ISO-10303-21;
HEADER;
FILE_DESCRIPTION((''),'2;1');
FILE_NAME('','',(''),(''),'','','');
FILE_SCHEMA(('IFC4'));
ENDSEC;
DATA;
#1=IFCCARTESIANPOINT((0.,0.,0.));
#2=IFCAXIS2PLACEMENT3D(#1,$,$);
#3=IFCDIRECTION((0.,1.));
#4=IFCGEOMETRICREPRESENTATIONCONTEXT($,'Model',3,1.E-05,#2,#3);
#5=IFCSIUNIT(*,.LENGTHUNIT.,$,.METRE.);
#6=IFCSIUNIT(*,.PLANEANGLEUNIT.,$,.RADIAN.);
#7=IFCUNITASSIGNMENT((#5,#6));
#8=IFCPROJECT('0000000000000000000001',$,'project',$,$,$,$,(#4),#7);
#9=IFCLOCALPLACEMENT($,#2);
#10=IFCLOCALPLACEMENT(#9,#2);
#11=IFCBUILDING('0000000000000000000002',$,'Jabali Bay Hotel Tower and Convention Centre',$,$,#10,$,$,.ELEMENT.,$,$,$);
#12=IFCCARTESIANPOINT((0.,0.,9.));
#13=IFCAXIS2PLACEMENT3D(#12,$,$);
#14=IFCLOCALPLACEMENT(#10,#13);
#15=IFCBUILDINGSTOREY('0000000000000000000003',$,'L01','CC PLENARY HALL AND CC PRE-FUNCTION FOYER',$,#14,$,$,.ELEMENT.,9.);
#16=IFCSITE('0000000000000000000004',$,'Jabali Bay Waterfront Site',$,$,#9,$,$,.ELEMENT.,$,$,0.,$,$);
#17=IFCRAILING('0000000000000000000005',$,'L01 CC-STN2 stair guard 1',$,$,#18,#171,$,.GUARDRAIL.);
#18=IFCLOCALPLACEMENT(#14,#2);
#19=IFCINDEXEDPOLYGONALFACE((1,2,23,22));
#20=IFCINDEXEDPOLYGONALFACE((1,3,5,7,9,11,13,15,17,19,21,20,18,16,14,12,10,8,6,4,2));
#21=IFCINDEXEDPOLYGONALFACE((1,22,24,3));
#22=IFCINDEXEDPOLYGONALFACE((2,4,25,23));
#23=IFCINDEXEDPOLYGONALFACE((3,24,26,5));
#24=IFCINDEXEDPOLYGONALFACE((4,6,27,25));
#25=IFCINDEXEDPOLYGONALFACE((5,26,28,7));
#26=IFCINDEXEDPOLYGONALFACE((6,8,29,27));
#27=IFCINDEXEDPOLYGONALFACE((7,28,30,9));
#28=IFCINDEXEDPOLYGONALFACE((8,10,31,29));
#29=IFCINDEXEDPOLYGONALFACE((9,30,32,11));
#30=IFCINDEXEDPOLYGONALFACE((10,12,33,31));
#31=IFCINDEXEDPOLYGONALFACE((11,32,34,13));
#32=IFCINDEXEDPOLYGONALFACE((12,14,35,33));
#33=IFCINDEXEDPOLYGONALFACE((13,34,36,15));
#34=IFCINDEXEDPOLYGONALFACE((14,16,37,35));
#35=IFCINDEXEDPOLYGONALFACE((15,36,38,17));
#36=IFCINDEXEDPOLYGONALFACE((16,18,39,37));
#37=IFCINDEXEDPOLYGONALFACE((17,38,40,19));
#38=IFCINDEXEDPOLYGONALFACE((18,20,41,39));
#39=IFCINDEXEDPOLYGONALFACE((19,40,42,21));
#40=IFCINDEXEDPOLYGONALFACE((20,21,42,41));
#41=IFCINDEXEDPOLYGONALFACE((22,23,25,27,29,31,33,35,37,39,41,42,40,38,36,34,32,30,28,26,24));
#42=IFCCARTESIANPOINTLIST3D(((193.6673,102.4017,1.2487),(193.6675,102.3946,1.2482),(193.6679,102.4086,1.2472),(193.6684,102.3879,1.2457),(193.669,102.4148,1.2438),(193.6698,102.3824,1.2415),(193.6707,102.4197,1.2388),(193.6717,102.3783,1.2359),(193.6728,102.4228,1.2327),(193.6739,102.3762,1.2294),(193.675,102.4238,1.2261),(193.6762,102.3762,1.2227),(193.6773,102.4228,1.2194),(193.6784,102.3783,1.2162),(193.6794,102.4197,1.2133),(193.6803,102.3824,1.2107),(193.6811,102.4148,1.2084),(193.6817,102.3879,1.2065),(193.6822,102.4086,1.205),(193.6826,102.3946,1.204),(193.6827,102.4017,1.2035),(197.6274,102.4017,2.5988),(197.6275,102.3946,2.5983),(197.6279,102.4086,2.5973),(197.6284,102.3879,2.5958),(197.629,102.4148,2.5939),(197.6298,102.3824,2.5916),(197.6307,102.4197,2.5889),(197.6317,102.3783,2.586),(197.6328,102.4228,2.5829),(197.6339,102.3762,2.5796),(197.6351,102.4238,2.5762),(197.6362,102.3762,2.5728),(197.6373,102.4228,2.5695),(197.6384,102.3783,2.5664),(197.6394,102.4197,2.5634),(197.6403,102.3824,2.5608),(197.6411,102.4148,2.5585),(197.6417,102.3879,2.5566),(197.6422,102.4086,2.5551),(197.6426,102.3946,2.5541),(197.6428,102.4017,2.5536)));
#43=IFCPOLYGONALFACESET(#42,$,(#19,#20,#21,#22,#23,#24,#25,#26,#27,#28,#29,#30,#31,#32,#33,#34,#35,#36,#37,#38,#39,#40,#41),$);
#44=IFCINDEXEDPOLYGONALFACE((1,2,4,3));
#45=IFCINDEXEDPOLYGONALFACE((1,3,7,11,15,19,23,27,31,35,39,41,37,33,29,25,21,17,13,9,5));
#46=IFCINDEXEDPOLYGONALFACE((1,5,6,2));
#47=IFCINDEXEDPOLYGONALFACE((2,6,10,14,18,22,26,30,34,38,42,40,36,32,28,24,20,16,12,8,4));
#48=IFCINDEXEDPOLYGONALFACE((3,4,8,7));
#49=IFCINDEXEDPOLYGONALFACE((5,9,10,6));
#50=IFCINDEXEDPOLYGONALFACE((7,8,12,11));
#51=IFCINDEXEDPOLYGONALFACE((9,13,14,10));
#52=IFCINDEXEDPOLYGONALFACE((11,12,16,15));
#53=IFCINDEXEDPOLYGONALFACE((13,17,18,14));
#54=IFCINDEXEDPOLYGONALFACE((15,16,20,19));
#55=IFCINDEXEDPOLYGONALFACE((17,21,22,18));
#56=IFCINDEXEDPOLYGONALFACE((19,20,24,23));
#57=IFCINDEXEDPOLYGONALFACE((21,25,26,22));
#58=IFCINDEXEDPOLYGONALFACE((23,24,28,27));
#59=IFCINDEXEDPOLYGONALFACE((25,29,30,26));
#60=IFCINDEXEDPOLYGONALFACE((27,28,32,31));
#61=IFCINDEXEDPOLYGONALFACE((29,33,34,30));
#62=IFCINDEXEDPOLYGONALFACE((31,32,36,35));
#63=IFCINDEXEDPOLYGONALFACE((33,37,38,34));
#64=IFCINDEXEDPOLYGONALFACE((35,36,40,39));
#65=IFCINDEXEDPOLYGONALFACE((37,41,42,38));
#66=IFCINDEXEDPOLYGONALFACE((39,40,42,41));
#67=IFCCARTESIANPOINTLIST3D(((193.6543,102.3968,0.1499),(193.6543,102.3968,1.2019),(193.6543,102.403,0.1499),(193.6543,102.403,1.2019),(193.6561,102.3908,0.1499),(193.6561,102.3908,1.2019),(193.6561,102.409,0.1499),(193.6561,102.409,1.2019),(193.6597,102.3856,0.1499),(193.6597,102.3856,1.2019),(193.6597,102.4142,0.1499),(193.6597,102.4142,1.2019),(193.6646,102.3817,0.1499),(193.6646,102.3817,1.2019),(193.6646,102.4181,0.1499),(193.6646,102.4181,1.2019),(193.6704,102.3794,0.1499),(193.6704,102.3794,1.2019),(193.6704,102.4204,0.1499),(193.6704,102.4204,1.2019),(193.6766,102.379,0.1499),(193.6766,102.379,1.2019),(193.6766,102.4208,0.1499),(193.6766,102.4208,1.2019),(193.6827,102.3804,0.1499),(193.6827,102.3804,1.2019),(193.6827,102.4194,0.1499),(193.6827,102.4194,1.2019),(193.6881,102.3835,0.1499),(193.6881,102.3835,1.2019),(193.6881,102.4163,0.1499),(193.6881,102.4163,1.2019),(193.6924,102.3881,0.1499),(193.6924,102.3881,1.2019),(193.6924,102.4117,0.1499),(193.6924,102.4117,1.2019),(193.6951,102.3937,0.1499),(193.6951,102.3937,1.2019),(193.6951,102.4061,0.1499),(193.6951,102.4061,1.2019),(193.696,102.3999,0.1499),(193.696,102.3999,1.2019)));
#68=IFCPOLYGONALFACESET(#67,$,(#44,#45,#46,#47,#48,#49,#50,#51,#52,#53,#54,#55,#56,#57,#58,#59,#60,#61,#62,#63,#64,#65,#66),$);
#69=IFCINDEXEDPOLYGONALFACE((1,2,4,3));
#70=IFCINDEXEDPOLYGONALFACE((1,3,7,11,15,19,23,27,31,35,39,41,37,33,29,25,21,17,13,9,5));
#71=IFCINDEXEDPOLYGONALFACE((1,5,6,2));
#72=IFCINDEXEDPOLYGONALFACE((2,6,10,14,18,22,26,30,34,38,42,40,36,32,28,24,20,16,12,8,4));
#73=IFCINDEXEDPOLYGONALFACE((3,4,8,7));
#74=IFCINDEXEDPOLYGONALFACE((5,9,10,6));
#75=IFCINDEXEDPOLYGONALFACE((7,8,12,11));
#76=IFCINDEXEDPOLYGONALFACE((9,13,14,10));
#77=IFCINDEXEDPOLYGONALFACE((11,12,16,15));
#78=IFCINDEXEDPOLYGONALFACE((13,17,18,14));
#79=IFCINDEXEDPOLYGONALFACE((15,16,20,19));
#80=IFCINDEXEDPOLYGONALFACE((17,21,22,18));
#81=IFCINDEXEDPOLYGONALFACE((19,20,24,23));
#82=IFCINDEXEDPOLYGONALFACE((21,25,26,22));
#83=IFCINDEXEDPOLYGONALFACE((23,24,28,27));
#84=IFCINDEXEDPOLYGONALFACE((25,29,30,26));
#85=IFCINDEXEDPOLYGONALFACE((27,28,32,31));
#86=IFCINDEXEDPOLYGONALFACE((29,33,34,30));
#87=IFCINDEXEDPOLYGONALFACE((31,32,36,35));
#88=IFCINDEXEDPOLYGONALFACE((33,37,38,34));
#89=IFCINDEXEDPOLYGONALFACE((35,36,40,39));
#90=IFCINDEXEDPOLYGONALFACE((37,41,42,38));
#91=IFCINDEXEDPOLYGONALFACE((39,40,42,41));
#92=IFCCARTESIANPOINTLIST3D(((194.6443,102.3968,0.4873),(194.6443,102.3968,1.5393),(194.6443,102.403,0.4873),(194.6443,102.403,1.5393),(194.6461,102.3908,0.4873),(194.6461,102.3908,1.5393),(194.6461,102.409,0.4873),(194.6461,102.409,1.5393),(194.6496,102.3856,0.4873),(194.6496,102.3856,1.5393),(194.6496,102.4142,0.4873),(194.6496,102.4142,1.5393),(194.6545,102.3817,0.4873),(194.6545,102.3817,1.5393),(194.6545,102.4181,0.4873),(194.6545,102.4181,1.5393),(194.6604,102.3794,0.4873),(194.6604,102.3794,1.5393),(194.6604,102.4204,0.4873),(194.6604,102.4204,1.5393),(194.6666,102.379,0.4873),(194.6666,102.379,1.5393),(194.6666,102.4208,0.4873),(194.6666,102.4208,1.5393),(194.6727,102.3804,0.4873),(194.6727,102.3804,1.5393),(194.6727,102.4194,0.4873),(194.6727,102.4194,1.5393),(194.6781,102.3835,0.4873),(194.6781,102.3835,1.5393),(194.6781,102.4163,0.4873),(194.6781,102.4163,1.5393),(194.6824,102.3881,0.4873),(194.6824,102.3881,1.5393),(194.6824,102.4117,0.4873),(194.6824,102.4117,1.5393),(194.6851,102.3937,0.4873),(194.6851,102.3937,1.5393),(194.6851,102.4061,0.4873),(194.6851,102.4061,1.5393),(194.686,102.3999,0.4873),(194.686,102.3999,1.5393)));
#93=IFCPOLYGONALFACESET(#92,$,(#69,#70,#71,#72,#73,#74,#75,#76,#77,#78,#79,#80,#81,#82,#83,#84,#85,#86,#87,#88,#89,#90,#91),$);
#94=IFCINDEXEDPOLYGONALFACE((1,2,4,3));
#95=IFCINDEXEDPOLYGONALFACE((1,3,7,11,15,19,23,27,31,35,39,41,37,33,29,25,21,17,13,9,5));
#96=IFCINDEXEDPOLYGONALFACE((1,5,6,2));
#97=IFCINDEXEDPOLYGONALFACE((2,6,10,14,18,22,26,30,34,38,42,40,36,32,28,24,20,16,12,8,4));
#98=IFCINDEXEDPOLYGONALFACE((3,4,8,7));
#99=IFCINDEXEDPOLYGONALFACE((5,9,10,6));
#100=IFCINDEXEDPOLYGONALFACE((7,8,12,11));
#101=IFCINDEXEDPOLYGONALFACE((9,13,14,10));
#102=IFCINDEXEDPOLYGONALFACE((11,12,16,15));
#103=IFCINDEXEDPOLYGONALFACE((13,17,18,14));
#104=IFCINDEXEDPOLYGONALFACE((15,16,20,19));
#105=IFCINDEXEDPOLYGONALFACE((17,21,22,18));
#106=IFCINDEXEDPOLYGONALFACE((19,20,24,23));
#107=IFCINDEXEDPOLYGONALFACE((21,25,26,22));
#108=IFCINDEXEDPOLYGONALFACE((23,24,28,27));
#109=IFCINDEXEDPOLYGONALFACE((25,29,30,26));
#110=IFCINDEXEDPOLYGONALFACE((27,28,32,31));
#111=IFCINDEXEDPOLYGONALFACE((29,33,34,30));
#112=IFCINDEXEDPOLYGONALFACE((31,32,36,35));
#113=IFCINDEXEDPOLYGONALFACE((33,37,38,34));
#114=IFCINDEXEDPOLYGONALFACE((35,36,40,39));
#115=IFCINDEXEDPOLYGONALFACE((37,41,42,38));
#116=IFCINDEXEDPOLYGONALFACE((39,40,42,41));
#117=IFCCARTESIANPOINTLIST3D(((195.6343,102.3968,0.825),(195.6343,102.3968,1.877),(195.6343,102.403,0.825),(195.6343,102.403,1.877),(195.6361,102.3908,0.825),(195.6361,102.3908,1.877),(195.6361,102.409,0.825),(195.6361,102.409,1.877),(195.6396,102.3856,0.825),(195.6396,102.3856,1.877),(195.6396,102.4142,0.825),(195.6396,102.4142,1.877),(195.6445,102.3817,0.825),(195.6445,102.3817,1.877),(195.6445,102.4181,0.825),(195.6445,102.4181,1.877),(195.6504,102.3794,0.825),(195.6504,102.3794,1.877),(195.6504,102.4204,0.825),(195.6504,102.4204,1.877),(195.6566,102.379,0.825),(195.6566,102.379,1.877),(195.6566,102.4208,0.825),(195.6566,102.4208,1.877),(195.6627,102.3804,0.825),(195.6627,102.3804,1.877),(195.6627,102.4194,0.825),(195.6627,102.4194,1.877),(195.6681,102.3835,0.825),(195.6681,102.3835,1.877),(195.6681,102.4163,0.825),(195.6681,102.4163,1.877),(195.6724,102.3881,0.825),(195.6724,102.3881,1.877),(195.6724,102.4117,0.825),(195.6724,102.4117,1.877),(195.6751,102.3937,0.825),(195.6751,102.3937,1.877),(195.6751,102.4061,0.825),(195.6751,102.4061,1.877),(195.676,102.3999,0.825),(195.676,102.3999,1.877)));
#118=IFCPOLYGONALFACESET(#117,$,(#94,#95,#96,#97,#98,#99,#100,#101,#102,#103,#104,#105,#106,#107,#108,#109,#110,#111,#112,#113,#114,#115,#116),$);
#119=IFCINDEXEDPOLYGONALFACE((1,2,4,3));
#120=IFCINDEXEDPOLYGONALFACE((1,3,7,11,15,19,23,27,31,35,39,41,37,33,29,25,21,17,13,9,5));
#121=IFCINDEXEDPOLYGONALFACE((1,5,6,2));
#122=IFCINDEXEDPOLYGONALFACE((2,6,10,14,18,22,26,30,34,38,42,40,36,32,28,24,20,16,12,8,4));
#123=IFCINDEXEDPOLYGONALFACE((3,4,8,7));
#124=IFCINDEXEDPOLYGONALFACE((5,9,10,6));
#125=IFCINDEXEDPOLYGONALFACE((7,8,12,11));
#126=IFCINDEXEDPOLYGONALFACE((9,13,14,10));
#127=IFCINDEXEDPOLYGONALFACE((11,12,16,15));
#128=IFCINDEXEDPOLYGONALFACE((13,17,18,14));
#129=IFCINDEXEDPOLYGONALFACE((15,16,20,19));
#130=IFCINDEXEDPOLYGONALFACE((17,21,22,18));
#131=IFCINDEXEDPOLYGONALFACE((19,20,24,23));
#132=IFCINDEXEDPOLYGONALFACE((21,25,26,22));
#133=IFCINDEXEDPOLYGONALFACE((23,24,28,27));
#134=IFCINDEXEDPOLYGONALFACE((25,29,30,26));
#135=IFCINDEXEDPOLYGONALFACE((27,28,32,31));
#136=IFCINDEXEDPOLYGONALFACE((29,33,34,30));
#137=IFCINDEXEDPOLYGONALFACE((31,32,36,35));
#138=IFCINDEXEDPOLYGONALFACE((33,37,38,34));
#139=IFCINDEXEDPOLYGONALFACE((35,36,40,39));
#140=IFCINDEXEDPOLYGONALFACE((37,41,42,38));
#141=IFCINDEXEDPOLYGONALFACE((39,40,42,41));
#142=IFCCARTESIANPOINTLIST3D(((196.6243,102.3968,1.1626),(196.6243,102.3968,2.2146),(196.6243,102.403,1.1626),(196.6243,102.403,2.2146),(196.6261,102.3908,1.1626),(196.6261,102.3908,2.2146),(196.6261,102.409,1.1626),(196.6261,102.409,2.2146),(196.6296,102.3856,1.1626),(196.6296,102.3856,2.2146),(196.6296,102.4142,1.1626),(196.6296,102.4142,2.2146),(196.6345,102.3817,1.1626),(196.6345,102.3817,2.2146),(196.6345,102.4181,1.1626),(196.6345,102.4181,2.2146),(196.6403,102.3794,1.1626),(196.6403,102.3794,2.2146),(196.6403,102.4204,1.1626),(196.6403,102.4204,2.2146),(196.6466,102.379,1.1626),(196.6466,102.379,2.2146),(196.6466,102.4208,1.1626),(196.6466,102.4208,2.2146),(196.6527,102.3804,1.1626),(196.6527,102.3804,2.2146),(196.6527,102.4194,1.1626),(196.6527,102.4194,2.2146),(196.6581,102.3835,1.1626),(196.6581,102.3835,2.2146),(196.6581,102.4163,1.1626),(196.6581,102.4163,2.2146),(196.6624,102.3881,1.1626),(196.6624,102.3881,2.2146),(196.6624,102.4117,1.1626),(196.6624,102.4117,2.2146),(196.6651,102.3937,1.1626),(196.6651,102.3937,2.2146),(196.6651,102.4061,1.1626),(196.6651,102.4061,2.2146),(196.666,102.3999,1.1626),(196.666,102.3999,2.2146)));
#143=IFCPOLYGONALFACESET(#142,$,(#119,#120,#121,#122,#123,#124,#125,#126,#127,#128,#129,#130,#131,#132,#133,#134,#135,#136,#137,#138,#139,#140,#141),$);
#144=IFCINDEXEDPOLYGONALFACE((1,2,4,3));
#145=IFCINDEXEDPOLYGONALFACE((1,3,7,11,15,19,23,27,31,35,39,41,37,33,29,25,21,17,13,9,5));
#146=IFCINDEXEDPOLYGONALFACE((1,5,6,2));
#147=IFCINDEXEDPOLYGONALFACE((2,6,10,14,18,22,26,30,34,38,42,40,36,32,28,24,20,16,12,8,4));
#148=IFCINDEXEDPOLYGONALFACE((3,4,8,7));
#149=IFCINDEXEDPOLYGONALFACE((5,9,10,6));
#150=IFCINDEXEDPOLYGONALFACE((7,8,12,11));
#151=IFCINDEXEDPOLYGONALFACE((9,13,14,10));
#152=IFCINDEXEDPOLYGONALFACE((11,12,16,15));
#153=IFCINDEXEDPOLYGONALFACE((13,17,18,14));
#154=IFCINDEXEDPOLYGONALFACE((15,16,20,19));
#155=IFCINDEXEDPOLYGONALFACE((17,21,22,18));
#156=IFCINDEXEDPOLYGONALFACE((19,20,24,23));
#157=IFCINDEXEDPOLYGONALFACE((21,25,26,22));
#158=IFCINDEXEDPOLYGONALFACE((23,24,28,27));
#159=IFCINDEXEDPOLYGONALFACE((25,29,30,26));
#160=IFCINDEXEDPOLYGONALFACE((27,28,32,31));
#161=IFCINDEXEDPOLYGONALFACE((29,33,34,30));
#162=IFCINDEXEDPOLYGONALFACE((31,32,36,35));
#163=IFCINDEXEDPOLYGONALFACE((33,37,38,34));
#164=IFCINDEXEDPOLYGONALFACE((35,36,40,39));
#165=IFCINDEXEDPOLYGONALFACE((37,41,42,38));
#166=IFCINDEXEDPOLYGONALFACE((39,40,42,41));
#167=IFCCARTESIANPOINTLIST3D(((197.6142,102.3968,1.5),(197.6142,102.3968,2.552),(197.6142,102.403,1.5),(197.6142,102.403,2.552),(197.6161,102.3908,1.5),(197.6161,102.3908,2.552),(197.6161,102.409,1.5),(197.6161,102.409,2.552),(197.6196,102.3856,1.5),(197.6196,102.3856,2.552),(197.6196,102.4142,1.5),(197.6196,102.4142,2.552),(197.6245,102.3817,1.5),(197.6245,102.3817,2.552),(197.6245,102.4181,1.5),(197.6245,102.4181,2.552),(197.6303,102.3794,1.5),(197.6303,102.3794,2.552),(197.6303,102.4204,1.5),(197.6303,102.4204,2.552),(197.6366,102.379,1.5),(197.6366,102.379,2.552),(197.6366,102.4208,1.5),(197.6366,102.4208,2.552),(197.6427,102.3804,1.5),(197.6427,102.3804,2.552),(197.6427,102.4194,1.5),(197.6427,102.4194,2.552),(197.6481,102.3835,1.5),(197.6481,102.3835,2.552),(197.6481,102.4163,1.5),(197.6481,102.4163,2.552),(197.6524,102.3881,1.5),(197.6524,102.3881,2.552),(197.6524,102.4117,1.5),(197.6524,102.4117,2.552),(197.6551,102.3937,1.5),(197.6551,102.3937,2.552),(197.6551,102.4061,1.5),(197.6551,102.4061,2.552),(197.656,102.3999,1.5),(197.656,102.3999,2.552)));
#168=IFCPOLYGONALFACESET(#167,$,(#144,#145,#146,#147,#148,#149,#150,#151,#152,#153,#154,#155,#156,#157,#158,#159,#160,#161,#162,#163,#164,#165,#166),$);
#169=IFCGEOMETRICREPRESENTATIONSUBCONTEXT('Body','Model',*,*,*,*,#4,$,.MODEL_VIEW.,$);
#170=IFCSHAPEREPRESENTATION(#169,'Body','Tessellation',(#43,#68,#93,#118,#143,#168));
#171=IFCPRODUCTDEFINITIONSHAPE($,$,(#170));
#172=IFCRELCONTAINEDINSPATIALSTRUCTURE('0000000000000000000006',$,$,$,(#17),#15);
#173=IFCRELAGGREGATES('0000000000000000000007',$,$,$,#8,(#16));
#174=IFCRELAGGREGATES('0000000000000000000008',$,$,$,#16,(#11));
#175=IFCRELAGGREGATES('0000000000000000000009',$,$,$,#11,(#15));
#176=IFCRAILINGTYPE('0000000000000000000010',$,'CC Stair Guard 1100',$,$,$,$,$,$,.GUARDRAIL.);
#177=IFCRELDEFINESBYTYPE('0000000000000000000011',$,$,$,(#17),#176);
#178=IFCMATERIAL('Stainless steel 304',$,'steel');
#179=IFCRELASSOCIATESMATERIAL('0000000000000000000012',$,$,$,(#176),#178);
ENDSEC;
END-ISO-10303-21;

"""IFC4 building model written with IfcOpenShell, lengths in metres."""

from ifc_helpers import new_model, si_unit, direction, frame, origin, origin_2d, place, context, subcontext, project, spatial, circle, extrude, material, type_object, element, save


model = new_model("IFC4")

# Units and contexts
model_context = context("Model", 3, precision=1e-05, world=origin(), true_north=direction((0.0, 1.0)))
body_context = subcontext(model_context, "Body", "Model", "MODEL_VIEW")
ifc_project = project(units=[si_unit("LENGTHUNIT", "METRE"), si_unit("PLANEANGLEUNIT", "RADIAN")], contexts=[model_context])

# Site, building, storey
site_placement = place(None, origin())
site = spatial("IfcSite", under=ifc_project, at=site_placement, Name="Jabali Bay Waterfront Site", CompositionType="ELEMENT", RefElevation=0.0)
building_placement = place(site_placement, origin())
building = spatial("IfcBuilding", under=site, at=building_placement, Name="Jabali Bay Hotel Tower and Convention Centre", CompositionType="ELEMENT")
storey_placement = place(building_placement, frame((0.0, 0.0, 9.0)))
storey = spatial("IfcBuildingStorey", under=building, at=storey_placement, Name="L01", Description="CC PLENARY HALL AND CC PRE-FUNCTION FOYER", CompositionType="ELEMENT", Elevation=9.0)

# Railing
ifc_material_1 = material(Name="Stainless steel 304", Category="steel")
railing_type_1 = type_object("IfcRailingType", Name="CC Stair Guard 1100", PredefinedType="GUARDRAIL", material=ifc_material_1)
railing_1_placement = place(storey_placement, frame((193.675, 102.3999, 0.1499)))
element("IfcRailing", 1, at=railing_1_placement, inside=storey, type_object=railing_type_1, Name="L01 CC-STN2 stair guard 1", PredefinedType="GUARDRAIL", context=body_context, shape_type="SweptSolid", body=[
    extrude(circle(Radius=0.0239, at=origin_2d()), frame((0.0, 0.0, 1.0762), z_axis=(0.946502, 0.0, 0.322698), x_axis=(0.0, 1.0, 0.0)), (0.0, 0.0, 1.0), 4.1838),
    extrude(circle(Radius=0.021, at=origin_2d()), origin(), (0.0, 0.0, 1.0), 1.052),
    extrude(circle(Radius=0.021, at=origin_2d()), frame((0.99, 0.0, 0.3374)), (0.0, 0.0, 1.0), 1.052),
    extrude(circle(Radius=0.021, at=origin_2d()), frame((1.98, 0.0, 0.675)), (0.0, 0.0, 1.0), 1.052),
    extrude(circle(Radius=0.021, at=origin_2d()), frame((2.97, 0.0, 1.0127)), (0.0, 0.0, 1.0), 1.052),
    extrude(circle(Radius=0.021, at=origin_2d()), frame((3.96, 0.0, 1.3501)), (0.0, 0.0, 1.0), 1.052),
])

save(model, "model.ifc")
